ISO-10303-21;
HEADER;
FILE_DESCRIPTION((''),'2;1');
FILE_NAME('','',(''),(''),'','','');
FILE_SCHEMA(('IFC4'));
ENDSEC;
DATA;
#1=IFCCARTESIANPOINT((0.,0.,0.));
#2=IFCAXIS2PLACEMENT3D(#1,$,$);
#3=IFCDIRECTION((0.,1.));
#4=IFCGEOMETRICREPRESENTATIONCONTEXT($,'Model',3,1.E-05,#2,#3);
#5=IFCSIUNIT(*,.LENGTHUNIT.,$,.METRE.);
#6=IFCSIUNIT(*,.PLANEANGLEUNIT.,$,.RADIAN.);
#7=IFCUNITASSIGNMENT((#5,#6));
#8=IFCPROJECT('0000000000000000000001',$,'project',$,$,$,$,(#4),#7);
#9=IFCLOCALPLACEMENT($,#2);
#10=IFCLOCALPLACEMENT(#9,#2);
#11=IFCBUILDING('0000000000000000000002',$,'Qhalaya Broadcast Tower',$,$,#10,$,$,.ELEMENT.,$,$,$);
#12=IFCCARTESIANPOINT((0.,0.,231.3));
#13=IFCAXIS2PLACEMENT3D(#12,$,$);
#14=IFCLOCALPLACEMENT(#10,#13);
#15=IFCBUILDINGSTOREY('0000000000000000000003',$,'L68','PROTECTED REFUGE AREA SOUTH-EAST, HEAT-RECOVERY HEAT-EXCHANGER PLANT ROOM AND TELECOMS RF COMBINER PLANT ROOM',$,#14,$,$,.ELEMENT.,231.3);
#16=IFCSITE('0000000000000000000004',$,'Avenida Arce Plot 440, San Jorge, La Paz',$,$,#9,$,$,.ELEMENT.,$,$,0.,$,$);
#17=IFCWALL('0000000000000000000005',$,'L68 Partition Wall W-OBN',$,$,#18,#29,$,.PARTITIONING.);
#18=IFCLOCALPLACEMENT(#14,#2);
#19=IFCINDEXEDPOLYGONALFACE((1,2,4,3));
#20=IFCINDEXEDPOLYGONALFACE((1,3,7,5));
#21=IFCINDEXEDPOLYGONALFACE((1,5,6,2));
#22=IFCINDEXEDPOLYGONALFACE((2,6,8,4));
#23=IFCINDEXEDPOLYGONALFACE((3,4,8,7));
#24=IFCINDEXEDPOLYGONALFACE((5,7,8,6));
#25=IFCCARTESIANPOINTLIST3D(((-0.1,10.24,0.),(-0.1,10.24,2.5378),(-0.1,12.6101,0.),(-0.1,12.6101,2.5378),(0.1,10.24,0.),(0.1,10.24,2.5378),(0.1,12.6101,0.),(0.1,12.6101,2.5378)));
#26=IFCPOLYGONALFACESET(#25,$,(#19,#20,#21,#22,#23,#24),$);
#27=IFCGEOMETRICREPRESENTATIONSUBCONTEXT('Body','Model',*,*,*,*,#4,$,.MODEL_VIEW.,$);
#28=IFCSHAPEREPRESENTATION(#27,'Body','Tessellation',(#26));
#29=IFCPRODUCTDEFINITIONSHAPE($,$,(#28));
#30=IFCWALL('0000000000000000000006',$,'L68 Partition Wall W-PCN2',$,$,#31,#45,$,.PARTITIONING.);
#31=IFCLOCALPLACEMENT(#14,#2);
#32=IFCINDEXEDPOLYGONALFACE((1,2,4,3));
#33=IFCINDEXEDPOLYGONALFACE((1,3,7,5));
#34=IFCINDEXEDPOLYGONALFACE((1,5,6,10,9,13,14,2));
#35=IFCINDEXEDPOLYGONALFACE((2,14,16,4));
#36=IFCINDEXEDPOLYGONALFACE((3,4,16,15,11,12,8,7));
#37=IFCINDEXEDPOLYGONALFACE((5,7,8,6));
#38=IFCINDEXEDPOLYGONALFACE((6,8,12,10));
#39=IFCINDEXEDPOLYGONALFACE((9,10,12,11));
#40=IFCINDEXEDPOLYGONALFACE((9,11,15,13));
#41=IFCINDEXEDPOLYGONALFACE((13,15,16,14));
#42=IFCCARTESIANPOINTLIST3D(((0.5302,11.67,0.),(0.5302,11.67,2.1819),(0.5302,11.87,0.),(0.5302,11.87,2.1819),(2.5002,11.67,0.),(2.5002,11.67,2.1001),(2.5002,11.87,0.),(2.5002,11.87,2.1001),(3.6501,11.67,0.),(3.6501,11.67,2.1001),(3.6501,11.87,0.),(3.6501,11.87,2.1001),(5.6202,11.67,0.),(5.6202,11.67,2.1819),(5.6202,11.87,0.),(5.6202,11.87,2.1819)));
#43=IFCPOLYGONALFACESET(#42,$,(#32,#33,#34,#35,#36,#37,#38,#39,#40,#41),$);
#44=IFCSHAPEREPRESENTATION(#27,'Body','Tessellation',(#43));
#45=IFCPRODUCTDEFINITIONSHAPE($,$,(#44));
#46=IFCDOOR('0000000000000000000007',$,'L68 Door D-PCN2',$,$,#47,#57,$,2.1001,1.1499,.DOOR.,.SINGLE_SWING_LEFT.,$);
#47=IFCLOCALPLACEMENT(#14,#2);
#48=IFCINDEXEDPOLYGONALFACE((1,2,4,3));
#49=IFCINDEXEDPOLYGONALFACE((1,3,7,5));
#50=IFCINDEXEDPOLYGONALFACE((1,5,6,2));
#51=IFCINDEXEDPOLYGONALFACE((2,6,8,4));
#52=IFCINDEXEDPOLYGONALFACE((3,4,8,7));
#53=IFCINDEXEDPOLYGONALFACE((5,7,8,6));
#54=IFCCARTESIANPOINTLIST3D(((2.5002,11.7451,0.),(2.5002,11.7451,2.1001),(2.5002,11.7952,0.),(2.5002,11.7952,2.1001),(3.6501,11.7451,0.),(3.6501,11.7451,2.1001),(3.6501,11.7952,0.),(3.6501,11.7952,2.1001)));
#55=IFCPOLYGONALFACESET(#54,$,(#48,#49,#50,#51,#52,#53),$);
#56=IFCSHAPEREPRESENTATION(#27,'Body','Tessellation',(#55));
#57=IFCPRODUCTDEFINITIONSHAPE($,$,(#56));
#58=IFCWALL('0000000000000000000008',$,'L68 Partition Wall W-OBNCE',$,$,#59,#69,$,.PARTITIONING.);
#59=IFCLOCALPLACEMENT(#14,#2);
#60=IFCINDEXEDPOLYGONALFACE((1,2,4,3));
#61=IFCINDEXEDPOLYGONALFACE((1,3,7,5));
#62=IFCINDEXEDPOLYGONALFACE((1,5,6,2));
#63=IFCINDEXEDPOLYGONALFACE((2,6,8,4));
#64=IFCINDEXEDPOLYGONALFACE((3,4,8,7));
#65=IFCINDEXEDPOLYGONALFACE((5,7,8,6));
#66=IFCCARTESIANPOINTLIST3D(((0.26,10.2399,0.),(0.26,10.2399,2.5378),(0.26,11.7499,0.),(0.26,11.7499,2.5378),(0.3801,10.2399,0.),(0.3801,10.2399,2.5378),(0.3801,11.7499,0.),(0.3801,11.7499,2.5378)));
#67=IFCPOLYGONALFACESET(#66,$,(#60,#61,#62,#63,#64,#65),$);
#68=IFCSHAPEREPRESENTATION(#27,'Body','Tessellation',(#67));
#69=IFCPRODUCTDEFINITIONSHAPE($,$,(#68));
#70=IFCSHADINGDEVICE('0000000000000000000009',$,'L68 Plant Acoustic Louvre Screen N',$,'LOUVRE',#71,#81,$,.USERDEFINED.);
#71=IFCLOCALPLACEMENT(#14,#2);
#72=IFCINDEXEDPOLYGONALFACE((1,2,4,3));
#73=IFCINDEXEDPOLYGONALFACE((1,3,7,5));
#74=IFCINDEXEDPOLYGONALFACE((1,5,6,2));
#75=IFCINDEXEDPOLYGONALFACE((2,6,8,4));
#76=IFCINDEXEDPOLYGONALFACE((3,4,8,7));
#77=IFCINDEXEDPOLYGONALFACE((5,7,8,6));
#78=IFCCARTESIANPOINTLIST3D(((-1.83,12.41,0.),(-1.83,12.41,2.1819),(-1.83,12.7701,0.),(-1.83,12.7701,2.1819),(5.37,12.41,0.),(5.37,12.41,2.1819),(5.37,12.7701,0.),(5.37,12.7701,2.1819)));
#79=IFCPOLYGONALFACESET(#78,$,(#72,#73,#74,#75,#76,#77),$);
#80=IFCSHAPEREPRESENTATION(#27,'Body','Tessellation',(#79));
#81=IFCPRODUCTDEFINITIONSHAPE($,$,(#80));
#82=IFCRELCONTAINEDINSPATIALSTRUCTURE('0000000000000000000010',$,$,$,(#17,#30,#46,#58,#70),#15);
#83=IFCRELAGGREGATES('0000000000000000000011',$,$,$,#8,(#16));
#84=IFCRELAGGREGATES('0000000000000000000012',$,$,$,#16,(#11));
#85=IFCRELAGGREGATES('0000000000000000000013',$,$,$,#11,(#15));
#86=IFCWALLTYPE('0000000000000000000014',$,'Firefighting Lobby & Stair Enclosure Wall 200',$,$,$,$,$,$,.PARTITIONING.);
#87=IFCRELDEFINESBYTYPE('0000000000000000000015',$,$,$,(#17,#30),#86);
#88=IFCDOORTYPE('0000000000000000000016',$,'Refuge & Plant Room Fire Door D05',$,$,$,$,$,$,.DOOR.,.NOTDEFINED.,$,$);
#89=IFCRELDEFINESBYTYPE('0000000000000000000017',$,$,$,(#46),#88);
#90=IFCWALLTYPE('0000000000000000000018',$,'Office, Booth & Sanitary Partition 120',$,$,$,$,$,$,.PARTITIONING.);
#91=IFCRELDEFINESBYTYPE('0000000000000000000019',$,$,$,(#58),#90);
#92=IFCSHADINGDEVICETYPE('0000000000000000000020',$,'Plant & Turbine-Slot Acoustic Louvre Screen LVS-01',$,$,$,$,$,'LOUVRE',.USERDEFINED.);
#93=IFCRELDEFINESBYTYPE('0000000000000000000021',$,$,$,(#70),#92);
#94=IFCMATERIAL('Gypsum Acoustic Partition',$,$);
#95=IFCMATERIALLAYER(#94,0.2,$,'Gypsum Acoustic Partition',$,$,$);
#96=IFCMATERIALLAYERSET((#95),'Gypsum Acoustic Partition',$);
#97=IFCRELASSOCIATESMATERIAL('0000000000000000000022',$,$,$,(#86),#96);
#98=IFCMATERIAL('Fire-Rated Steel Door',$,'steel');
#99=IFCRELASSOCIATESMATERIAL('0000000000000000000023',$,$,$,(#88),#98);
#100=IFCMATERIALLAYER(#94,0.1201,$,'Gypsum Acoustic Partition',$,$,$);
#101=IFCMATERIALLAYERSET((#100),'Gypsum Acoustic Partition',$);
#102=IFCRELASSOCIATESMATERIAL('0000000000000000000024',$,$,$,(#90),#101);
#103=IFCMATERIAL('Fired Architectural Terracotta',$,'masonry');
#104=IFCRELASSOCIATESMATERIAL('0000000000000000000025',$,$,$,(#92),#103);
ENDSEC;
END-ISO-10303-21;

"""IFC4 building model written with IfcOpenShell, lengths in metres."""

from ifc_helpers import new_model, si_unit, direction, frame, frame_2d, origin, origin_2d, place, context, subcontext, project, spatial, rectangle, extrude, material, layer, layer_set, type_object, element, fill, save


model = new_model("IFC4")

# Units and contexts
model_context = context("Model", 3, precision=1e-05, world=origin(), true_north=direction((0.0, 1.0)))
body_context = subcontext(model_context, "Body", "Model", "MODEL_VIEW")
ifc_project = project(units=[si_unit("LENGTHUNIT", "METRE"), si_unit("PLANEANGLEUNIT", "RADIAN")], contexts=[model_context])

# Site, building, storey
site_placement = place(None, origin())
site = spatial("IfcSite", under=ifc_project, at=site_placement, Name="Avenida Arce Plot 440, San Jorge, La Paz", CompositionType="ELEMENT", RefElevation=0.0)
building_placement = place(site_placement, origin())
building = spatial("IfcBuilding", under=site, at=building_placement, Name="Qhalaya Broadcast Tower", CompositionType="ELEMENT")
storey_placement = place(building_placement, frame((0.0, 0.0, 231.3)))
storey = spatial("IfcBuildingStorey", under=building, at=storey_placement, Name="L68", Description="PROTECTED REFUGE AREA SOUTH-EAST, HEAT-RECOVERY HEAT-EXCHANGER PLANT ROOM AND TELECOMS RF COMBINER PLANT ROOM", CompositionType="ELEMENT", Elevation=231.3)

# Wall
ifc_material_1 = material(Name="Gypsum Acoustic Partition")
ifc_layer_1 = layer(ifc_material_1, 0.2, Name="Gypsum Acoustic Partition")
ifc_layer_set_1 = layer_set([ifc_layer_1], Name="Gypsum Acoustic Partition")
wall_type_1 = type_object("IfcWallType", Name="Firefighting Lobby & Stair Enclosure Wall 200", PredefinedType="PARTITIONING", material=ifc_layer_set_1)
wall_1_placement = place(storey_placement, frame((0.0, 10.24, 0.0), z_axis=(0.0, 0.0, 1.0), x_axis=(0.0, 1.0, 0.0)))
element("IfcWall", 1, at=wall_1_placement, inside=storey, type_object=wall_type_1, Name="L68 Partition Wall W-OBN", PredefinedType="PARTITIONING", context=body_context, shape_type="SweptSolid", body=[
    extrude(rectangle(XDim=2.3701, YDim=0.2, at=frame_2d((1.1851, 0.0))), origin(), (0.0, 0.0, 1.0), 2.5378),
])

# Wall, opening, door
wall_2_placement = place(storey_placement, frame((5.6201, 11.77, 0.0), z_axis=(0.0, 0.0, 1.0), x_axis=(-1.0, 0.0, 0.0)))
wall_2 = element("IfcWall", 2, at=wall_2_placement, inside=storey, type_object=wall_type_1, Name="L68 Partition Wall W-PCN2", PredefinedType="PARTITIONING", context=body_context, shape_type="SweptSolid", body=[
    extrude(rectangle(XDim=5.0901, YDim=0.2, at=frame_2d((2.5449, 0.0))), origin(), (0.0, 0.0, 1.0), 2.1819),
])
opening_placement = place(wall_2_placement, frame((1.97, 0.0, 0.0)))
opening = element("IfcOpeningElement", 3, at=opening_placement, cuts=wall_2, PredefinedType="OPENING", context=body_context, shape_type="SweptSolid", body=[
    extrude(rectangle(XDim=1.1499, YDim=2.1001, at=frame_2d((0.575, 1.05))), frame((0.0, 0.1121, 0.0), z_axis=(0.0, -1.0, 0.0), x_axis=(1.0, 0.0, 0.0)), (0.0, 0.0, 1.0), 0.2239),
])
ifc_material_2 = material(Name="Fire-Rated Steel Door", Category="steel")
door_type = type_object("IfcDoorType", Name="Refuge & Plant Room Fire Door D05", OperationType="NOTDEFINED", PredefinedType="DOOR", material=ifc_material_2)
door_placement = place(opening_placement, origin())
door = element("IfcDoor", 4, at=door_placement, inside=storey, type_object=door_type, Name="L68 Door D-PCN2", OperationType="SINGLE_SWING_LEFT", OverallHeight=2.1001, OverallWidth=1.1499, PredefinedType="DOOR", context=body_context, shape_type="SweptSolid", body=[
    extrude(rectangle(XDim=1.1499, YDim=2.1001, at=frame_2d((0.575, 1.05))), frame((0.0, 0.0249, 0.0), z_axis=(0.0, -1.0, 0.0), x_axis=(1.0, 0.0, 0.0)), (0.0, 0.0, 1.0), 0.05),
])
fill(opening, door)

# Wall
ifc_layer_2 = layer(ifc_material_1, 0.1201, Name="Gypsum Acoustic Partition")
ifc_layer_set_2 = layer_set([ifc_layer_2], Name="Gypsum Acoustic Partition")
wall_type_2 = type_object("IfcWallType", Name="Office, Booth & Sanitary Partition 120", PredefinedType="PARTITIONING", material=ifc_layer_set_2)
wall_3_placement = place(storey_placement, frame((0.3201, 10.24, 0.0), z_axis=(0.0, 0.0, 1.0), x_axis=(0.0, 1.0, 0.0)))
element("IfcWall", 5, at=wall_3_placement, inside=storey, type_object=wall_type_2, Name="L68 Partition Wall W-OBNCE", PredefinedType="PARTITIONING", context=body_context, shape_type="SweptSolid", body=[
    extrude(rectangle(XDim=1.51, YDim=0.1201, at=frame_2d((0.7549, 0.0))), origin(), (0.0, 0.0, 1.0), 2.5378),
])

# Shading device
ifc_material_3 = material(Name="Fired Architectural Terracotta", Category="masonry")
shading_device_type = type_object("IfcShadingDeviceType", Name="Plant & Turbine-Slot Acoustic Louvre Screen LVS-01", ElementType="LOUVRE", PredefinedType="USERDEFINED", material=ifc_material_3)
shading_device_placement = place(storey_placement, frame((1.77, 12.5901, 0.0), z_axis=(0.0, 0.0, 1.0), x_axis=(1.0, 0.0, 0.0)))
element("IfcShadingDevice", 6, at=shading_device_placement, inside=storey, type_object=shading_device_type, Name="L68 Plant Acoustic Louvre Screen N", ObjectType="LOUVRE", PredefinedType="USERDEFINED", context=body_context, shape_type="SweptSolid", body=[
    extrude(rectangle(XDim=7.2, YDim=0.3601, at=origin_2d()), origin(), (0.0, 0.0, 1.0), 2.1819),
])

save(model, "model.ifc")
